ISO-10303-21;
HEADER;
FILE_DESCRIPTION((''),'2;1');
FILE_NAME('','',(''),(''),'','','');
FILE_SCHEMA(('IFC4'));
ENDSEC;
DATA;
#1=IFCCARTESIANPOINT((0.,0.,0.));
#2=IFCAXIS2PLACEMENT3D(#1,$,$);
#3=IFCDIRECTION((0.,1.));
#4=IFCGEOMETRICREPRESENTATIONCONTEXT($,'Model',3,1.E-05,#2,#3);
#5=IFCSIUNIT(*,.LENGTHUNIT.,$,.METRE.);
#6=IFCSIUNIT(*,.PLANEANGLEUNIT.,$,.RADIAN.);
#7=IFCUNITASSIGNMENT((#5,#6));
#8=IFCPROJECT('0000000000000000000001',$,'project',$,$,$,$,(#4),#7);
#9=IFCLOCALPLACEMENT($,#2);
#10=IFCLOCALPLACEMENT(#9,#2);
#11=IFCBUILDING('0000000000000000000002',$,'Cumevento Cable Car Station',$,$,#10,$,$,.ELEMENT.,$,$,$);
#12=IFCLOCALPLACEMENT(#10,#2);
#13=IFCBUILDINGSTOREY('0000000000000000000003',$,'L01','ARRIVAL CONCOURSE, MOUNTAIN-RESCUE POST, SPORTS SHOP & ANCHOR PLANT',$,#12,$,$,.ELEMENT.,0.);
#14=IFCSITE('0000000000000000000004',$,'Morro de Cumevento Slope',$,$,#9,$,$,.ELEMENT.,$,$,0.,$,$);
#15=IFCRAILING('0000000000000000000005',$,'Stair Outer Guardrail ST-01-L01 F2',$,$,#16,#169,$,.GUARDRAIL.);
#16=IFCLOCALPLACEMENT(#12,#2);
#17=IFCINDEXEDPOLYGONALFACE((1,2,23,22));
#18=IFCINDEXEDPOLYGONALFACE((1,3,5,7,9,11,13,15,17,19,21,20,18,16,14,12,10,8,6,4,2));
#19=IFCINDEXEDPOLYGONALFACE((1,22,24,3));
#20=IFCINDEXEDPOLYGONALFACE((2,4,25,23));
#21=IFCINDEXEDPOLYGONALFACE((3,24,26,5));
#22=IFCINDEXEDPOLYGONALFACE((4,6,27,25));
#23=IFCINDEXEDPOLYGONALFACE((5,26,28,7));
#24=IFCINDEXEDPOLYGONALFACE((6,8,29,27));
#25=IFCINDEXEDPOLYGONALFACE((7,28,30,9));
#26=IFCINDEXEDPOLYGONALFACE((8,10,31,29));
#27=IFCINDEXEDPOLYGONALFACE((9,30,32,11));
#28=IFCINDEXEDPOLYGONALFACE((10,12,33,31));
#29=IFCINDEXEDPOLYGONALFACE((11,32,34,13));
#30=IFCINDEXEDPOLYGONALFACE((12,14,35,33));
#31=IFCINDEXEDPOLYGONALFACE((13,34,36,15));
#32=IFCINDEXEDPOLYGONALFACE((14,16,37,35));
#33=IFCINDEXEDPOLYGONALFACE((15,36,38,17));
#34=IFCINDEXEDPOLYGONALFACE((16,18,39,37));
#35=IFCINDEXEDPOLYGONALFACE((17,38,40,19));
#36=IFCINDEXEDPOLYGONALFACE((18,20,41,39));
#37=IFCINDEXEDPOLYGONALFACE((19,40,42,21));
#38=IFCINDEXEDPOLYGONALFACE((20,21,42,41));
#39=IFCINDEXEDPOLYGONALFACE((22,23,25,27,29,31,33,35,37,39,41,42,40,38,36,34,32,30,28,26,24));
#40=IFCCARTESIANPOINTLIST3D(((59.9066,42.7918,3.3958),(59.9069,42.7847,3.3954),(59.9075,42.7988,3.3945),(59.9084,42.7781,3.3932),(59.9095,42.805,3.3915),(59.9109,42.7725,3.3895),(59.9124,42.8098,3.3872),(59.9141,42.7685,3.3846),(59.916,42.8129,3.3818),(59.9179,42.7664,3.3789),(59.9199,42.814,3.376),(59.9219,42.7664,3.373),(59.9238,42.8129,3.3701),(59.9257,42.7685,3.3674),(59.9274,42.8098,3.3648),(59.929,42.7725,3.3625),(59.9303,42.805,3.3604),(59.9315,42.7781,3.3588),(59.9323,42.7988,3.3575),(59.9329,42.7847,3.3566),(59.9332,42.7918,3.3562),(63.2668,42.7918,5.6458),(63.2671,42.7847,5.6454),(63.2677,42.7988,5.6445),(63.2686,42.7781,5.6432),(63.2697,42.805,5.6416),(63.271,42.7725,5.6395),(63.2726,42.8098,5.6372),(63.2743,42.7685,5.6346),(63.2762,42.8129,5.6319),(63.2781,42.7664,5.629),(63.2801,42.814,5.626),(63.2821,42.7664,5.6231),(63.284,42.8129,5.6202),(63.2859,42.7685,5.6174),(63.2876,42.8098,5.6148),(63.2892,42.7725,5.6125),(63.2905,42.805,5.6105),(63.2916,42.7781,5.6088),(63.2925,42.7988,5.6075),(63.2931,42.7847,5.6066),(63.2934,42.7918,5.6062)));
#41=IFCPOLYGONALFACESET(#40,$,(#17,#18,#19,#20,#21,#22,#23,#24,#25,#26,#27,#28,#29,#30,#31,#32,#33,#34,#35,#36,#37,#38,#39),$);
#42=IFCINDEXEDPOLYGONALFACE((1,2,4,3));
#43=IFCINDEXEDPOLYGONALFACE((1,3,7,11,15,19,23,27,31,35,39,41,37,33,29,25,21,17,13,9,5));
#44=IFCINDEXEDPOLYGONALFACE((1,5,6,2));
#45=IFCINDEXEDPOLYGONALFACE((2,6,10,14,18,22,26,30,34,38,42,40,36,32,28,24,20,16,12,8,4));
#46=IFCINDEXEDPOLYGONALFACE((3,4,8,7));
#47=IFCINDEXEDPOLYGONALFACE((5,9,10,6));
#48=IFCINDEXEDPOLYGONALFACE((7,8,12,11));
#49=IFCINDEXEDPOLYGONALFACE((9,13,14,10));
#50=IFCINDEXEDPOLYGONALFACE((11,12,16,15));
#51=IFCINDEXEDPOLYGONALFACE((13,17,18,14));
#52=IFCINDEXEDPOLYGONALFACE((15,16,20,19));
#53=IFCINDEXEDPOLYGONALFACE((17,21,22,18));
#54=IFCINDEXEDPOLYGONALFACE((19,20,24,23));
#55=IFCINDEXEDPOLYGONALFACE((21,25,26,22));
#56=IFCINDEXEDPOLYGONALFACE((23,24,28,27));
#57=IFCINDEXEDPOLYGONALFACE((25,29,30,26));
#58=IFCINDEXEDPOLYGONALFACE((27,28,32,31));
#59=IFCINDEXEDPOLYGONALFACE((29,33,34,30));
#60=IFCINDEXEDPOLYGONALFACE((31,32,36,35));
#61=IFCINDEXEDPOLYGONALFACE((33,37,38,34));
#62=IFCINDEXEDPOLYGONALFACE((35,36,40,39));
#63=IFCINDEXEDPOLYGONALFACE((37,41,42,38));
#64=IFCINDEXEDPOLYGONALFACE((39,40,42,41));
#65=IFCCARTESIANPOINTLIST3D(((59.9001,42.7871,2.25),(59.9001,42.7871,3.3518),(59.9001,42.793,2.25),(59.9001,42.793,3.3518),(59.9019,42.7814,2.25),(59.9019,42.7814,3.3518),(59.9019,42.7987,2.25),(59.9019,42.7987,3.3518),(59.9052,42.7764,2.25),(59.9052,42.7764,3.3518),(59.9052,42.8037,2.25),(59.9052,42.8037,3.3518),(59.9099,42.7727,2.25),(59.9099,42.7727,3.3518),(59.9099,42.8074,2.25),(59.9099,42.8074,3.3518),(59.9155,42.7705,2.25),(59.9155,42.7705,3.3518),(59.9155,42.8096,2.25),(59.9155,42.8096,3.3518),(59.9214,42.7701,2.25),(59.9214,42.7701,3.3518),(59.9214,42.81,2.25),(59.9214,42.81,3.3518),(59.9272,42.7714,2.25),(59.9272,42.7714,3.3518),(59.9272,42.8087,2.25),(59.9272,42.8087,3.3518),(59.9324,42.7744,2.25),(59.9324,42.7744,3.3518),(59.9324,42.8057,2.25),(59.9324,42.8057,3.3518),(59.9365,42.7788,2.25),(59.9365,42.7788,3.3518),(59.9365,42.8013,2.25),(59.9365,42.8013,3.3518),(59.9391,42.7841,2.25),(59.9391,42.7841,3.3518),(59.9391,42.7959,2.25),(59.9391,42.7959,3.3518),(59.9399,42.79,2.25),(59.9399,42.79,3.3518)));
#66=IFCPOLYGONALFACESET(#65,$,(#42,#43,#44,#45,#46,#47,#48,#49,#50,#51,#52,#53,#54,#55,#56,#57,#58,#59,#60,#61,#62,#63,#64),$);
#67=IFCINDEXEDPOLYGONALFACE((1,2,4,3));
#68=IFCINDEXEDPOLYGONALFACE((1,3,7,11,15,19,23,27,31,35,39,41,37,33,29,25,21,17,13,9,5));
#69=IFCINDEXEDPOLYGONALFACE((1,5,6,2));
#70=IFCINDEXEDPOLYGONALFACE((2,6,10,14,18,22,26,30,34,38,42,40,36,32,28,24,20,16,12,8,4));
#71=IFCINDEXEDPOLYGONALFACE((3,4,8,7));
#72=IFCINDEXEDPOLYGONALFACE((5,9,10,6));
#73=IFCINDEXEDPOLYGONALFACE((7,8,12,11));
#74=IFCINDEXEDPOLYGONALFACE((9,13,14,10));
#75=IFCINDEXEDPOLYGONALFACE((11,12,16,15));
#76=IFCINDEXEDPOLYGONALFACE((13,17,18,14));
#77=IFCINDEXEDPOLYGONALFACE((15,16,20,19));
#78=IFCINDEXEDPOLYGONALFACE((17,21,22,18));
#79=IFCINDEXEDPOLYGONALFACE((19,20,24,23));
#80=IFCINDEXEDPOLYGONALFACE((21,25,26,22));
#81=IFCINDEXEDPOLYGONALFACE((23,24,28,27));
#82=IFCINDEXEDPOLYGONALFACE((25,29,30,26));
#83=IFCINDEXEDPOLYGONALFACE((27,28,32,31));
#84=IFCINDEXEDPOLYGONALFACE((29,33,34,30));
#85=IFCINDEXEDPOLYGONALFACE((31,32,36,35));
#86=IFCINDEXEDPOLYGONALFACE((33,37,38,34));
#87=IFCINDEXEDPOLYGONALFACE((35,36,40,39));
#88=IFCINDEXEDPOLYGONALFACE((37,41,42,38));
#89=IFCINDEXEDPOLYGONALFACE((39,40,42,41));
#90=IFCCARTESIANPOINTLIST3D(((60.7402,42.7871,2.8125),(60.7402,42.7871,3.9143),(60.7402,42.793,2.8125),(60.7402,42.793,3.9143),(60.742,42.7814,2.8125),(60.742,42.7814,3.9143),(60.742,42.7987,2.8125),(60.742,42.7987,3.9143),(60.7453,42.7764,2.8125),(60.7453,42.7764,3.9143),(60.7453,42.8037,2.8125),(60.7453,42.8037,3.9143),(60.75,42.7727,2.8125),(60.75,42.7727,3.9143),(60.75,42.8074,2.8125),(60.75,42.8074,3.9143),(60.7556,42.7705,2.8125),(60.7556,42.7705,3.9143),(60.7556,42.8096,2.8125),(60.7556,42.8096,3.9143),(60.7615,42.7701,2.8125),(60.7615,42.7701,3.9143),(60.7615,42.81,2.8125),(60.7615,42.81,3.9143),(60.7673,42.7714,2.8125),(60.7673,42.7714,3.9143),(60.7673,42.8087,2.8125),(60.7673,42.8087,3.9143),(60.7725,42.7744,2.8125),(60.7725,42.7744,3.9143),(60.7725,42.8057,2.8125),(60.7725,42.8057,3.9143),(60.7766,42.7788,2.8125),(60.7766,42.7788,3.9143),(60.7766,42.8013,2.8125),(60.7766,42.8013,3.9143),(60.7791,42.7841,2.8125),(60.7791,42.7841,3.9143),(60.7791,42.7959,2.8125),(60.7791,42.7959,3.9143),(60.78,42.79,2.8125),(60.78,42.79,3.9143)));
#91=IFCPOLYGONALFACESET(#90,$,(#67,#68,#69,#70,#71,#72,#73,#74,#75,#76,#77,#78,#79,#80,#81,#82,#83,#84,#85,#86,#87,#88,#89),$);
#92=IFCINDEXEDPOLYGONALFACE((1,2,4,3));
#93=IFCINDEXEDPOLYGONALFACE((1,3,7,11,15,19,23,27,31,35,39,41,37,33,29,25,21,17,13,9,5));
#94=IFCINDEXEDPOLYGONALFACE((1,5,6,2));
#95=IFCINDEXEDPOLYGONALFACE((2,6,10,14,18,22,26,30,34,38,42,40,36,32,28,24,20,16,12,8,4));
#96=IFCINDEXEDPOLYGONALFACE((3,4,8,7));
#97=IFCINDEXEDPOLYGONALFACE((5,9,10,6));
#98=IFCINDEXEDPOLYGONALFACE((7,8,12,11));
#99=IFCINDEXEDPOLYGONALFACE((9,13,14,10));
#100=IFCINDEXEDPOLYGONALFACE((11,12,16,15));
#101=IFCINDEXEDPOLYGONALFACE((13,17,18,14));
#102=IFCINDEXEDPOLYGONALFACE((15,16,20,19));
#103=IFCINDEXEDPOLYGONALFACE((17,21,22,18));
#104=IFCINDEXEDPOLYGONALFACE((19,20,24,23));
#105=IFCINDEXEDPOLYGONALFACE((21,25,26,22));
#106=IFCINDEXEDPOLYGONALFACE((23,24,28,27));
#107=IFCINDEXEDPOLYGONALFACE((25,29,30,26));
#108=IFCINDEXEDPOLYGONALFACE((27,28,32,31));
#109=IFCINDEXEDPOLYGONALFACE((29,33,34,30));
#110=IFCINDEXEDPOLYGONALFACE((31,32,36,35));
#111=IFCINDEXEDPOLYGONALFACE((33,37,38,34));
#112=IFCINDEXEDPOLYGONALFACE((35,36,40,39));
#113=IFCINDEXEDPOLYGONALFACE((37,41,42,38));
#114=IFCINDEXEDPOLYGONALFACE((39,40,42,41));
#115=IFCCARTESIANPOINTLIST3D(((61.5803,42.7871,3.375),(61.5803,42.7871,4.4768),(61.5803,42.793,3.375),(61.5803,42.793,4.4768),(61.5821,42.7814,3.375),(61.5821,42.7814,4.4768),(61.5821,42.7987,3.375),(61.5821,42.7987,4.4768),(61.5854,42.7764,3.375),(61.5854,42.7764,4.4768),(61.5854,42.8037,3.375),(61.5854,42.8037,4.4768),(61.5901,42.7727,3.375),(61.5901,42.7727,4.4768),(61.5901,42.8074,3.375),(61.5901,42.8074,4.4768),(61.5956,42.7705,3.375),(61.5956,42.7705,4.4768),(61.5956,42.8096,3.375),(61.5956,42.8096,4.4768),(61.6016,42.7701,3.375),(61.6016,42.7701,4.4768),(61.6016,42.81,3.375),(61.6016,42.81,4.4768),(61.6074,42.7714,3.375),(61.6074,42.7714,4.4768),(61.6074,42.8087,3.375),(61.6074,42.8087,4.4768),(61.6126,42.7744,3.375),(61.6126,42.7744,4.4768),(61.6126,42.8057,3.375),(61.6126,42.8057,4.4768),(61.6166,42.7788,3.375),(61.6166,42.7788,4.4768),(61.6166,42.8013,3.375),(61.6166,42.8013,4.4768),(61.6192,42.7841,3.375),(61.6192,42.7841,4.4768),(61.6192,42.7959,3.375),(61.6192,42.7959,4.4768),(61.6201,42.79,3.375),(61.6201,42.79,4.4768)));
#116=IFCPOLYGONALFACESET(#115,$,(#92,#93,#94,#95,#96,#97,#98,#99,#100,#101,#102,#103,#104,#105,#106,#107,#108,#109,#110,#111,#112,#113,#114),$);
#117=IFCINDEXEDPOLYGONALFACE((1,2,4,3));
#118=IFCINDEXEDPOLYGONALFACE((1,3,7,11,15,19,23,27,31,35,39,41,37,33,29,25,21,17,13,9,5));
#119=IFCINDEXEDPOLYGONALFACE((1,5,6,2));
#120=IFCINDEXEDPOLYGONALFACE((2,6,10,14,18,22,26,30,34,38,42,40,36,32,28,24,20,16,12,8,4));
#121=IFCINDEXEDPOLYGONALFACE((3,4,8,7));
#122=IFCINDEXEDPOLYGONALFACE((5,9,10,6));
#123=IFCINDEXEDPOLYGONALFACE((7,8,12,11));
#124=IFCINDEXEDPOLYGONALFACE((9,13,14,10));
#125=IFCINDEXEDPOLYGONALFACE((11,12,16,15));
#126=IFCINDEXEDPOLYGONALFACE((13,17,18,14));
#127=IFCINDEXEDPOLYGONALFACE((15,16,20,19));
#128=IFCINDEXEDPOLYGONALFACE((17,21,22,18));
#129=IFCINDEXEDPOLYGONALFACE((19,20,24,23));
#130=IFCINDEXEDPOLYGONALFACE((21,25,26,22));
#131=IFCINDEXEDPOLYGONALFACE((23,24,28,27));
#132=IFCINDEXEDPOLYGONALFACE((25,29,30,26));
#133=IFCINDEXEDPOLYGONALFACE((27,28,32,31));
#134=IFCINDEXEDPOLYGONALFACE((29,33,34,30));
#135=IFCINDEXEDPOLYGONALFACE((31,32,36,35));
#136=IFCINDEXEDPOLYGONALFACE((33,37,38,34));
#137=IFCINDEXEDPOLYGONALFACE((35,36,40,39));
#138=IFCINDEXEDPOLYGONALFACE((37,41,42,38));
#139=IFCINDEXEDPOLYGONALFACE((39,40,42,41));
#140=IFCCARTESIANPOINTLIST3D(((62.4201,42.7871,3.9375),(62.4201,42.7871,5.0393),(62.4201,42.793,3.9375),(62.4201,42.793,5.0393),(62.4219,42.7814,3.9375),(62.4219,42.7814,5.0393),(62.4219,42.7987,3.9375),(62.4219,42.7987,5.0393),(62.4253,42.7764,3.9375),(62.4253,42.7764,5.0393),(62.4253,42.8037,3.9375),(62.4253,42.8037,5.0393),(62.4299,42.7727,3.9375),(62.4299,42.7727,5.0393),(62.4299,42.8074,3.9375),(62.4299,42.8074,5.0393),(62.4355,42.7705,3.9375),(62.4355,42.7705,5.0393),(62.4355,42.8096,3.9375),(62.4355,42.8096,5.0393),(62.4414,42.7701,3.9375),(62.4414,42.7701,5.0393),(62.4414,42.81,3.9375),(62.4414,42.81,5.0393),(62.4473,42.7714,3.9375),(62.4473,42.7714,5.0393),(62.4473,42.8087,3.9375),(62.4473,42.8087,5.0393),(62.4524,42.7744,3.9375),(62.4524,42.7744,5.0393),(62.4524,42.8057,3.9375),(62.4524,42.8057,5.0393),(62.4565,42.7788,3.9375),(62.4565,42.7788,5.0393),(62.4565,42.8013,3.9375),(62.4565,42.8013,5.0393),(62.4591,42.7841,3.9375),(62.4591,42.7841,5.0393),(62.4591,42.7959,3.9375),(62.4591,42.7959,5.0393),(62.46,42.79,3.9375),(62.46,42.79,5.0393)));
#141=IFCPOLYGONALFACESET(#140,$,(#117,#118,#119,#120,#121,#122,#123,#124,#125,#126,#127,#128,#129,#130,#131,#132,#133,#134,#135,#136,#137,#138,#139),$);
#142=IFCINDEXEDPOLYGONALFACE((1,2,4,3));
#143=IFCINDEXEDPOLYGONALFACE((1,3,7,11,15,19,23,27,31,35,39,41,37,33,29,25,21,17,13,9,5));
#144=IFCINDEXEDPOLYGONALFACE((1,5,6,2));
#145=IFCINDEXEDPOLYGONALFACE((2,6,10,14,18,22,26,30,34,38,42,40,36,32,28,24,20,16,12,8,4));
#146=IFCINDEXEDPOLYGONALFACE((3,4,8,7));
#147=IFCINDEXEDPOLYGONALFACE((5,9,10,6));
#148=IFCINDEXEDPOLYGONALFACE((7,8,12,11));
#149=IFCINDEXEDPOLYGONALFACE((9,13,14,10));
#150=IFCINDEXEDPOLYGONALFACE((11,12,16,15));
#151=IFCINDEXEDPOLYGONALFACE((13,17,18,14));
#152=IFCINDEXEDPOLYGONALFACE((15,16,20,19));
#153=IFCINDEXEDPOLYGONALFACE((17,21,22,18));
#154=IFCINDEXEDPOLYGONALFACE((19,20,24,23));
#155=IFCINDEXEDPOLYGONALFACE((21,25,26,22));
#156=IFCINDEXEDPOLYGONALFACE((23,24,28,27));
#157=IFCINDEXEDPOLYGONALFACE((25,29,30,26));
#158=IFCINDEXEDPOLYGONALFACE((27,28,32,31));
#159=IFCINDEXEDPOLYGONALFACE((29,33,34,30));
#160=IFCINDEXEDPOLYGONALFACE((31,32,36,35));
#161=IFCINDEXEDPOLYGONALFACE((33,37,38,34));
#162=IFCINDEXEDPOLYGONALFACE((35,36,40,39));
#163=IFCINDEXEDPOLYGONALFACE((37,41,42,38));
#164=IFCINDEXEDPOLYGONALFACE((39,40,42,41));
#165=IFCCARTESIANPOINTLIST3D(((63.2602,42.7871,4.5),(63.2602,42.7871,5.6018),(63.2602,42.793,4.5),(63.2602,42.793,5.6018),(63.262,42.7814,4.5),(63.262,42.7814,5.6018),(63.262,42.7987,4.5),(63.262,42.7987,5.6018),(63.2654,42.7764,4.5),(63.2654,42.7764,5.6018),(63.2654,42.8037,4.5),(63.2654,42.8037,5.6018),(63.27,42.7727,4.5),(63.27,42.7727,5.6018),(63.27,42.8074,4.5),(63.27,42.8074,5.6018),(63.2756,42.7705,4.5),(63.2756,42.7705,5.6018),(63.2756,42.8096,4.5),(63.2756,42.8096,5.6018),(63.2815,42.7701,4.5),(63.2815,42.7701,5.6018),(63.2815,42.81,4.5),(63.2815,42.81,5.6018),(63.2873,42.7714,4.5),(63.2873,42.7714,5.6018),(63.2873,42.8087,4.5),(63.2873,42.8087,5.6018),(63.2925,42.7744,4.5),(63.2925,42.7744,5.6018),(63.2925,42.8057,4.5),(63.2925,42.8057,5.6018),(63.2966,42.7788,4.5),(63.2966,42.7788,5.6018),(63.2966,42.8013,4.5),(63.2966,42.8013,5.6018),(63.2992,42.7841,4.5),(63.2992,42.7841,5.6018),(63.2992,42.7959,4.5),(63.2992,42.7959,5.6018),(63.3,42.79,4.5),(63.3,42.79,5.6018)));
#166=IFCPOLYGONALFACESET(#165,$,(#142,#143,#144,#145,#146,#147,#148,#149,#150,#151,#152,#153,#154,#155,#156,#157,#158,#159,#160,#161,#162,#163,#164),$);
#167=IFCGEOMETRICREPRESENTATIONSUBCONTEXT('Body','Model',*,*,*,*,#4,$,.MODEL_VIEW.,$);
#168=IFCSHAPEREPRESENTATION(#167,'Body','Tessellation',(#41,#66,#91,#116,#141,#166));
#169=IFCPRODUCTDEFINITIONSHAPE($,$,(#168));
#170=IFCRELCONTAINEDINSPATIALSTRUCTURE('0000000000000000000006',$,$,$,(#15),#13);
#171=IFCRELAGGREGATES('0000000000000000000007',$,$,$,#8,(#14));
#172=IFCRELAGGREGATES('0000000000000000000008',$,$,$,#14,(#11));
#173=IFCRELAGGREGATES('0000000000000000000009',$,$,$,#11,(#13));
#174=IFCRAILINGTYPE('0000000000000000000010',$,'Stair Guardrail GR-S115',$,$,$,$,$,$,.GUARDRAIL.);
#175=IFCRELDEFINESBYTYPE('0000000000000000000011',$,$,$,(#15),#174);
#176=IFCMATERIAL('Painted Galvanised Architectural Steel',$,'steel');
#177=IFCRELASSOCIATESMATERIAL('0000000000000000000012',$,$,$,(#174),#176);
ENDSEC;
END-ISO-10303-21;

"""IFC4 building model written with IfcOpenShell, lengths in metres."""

from ifc_helpers import new_model, si_unit, direction, frame, origin, origin_2d, place, context, subcontext, project, spatial, circle, extrude, material, type_object, element, save


model = new_model("IFC4")

# Units and contexts
model_context = context("Model", 3, precision=1e-05, world=origin(), true_north=direction((0.0, 1.0)))
body_context = subcontext(model_context, "Body", "Model", "MODEL_VIEW")
ifc_project = project(units=[si_unit("LENGTHUNIT", "METRE"), si_unit("PLANEANGLEUNIT", "RADIAN")], contexts=[model_context])

# Site, building, storey
site_placement = place(None, origin())
site = spatial("IfcSite", under=ifc_project, at=site_placement, Name="Morro de Cumevento Slope", CompositionType="ELEMENT", RefElevation=0.0)
building_placement = place(site_placement, origin())
building = spatial("IfcBuilding", under=site, at=building_placement, Name="Cumevento Cable Car Station", CompositionType="ELEMENT")
storey_placement = place(building_placement, origin())
storey = spatial("IfcBuildingStorey", under=building, at=storey_placement, Name="L01", Description="ARRIVAL CONCOURSE, MOUNTAIN-RESCUE POST, SPORTS SHOP & ANCHOR PLANT", CompositionType="ELEMENT", Elevation=0.0)

# Railing
ifc_material_1 = material(Name="Painted Galvanised Architectural Steel", Category="steel")
railing_type_1 = type_object("IfcRailingType", Name="Stair Guardrail GR-S115", PredefinedType="GUARDRAIL", material=ifc_material_1)
railing_1_placement = place(storey_placement, frame((59.9199, 42.79, 2.25)))
element("IfcRailing", 1, at=railing_1_placement, inside=storey, type_object=railing_type_1, Name="Stair Outer Guardrail ST-01-L01 F2", PredefinedType="GUARDRAIL", context=body_context, shape_type="SweptSolid", body=[
    extrude(circle(Radius=0.0239, at=origin_2d()), frame((0.0, 0.0, 1.126), z_axis=(0.830915, 0.0, 0.556399), x_axis=(0.0, 1.0, 0.0)), (0.0, 0.0, 1.0), 4.0439),
    extrude(circle(Radius=0.02, at=origin_2d()), origin(), (0.0, 0.0, 1.0), 1.1018),
    extrude(circle(Radius=0.02, at=origin_2d()), frame((0.8401, 0.0, 0.5625)), (0.0, 0.0, 1.0), 1.1018),
    extrude(circle(Radius=0.02, at=origin_2d()), frame((1.6802, 0.0, 1.125)), (0.0, 0.0, 1.0), 1.1018),
    extrude(circle(Radius=0.02, at=origin_2d()), frame((2.52, 0.0, 1.6875)), (0.0, 0.0, 1.0), 1.1018),
    extrude(circle(Radius=0.02, at=origin_2d()), frame((3.3601, 0.0, 2.25)), (0.0, 0.0, 1.0), 1.1018),
])

save(model, "model.ifc")
